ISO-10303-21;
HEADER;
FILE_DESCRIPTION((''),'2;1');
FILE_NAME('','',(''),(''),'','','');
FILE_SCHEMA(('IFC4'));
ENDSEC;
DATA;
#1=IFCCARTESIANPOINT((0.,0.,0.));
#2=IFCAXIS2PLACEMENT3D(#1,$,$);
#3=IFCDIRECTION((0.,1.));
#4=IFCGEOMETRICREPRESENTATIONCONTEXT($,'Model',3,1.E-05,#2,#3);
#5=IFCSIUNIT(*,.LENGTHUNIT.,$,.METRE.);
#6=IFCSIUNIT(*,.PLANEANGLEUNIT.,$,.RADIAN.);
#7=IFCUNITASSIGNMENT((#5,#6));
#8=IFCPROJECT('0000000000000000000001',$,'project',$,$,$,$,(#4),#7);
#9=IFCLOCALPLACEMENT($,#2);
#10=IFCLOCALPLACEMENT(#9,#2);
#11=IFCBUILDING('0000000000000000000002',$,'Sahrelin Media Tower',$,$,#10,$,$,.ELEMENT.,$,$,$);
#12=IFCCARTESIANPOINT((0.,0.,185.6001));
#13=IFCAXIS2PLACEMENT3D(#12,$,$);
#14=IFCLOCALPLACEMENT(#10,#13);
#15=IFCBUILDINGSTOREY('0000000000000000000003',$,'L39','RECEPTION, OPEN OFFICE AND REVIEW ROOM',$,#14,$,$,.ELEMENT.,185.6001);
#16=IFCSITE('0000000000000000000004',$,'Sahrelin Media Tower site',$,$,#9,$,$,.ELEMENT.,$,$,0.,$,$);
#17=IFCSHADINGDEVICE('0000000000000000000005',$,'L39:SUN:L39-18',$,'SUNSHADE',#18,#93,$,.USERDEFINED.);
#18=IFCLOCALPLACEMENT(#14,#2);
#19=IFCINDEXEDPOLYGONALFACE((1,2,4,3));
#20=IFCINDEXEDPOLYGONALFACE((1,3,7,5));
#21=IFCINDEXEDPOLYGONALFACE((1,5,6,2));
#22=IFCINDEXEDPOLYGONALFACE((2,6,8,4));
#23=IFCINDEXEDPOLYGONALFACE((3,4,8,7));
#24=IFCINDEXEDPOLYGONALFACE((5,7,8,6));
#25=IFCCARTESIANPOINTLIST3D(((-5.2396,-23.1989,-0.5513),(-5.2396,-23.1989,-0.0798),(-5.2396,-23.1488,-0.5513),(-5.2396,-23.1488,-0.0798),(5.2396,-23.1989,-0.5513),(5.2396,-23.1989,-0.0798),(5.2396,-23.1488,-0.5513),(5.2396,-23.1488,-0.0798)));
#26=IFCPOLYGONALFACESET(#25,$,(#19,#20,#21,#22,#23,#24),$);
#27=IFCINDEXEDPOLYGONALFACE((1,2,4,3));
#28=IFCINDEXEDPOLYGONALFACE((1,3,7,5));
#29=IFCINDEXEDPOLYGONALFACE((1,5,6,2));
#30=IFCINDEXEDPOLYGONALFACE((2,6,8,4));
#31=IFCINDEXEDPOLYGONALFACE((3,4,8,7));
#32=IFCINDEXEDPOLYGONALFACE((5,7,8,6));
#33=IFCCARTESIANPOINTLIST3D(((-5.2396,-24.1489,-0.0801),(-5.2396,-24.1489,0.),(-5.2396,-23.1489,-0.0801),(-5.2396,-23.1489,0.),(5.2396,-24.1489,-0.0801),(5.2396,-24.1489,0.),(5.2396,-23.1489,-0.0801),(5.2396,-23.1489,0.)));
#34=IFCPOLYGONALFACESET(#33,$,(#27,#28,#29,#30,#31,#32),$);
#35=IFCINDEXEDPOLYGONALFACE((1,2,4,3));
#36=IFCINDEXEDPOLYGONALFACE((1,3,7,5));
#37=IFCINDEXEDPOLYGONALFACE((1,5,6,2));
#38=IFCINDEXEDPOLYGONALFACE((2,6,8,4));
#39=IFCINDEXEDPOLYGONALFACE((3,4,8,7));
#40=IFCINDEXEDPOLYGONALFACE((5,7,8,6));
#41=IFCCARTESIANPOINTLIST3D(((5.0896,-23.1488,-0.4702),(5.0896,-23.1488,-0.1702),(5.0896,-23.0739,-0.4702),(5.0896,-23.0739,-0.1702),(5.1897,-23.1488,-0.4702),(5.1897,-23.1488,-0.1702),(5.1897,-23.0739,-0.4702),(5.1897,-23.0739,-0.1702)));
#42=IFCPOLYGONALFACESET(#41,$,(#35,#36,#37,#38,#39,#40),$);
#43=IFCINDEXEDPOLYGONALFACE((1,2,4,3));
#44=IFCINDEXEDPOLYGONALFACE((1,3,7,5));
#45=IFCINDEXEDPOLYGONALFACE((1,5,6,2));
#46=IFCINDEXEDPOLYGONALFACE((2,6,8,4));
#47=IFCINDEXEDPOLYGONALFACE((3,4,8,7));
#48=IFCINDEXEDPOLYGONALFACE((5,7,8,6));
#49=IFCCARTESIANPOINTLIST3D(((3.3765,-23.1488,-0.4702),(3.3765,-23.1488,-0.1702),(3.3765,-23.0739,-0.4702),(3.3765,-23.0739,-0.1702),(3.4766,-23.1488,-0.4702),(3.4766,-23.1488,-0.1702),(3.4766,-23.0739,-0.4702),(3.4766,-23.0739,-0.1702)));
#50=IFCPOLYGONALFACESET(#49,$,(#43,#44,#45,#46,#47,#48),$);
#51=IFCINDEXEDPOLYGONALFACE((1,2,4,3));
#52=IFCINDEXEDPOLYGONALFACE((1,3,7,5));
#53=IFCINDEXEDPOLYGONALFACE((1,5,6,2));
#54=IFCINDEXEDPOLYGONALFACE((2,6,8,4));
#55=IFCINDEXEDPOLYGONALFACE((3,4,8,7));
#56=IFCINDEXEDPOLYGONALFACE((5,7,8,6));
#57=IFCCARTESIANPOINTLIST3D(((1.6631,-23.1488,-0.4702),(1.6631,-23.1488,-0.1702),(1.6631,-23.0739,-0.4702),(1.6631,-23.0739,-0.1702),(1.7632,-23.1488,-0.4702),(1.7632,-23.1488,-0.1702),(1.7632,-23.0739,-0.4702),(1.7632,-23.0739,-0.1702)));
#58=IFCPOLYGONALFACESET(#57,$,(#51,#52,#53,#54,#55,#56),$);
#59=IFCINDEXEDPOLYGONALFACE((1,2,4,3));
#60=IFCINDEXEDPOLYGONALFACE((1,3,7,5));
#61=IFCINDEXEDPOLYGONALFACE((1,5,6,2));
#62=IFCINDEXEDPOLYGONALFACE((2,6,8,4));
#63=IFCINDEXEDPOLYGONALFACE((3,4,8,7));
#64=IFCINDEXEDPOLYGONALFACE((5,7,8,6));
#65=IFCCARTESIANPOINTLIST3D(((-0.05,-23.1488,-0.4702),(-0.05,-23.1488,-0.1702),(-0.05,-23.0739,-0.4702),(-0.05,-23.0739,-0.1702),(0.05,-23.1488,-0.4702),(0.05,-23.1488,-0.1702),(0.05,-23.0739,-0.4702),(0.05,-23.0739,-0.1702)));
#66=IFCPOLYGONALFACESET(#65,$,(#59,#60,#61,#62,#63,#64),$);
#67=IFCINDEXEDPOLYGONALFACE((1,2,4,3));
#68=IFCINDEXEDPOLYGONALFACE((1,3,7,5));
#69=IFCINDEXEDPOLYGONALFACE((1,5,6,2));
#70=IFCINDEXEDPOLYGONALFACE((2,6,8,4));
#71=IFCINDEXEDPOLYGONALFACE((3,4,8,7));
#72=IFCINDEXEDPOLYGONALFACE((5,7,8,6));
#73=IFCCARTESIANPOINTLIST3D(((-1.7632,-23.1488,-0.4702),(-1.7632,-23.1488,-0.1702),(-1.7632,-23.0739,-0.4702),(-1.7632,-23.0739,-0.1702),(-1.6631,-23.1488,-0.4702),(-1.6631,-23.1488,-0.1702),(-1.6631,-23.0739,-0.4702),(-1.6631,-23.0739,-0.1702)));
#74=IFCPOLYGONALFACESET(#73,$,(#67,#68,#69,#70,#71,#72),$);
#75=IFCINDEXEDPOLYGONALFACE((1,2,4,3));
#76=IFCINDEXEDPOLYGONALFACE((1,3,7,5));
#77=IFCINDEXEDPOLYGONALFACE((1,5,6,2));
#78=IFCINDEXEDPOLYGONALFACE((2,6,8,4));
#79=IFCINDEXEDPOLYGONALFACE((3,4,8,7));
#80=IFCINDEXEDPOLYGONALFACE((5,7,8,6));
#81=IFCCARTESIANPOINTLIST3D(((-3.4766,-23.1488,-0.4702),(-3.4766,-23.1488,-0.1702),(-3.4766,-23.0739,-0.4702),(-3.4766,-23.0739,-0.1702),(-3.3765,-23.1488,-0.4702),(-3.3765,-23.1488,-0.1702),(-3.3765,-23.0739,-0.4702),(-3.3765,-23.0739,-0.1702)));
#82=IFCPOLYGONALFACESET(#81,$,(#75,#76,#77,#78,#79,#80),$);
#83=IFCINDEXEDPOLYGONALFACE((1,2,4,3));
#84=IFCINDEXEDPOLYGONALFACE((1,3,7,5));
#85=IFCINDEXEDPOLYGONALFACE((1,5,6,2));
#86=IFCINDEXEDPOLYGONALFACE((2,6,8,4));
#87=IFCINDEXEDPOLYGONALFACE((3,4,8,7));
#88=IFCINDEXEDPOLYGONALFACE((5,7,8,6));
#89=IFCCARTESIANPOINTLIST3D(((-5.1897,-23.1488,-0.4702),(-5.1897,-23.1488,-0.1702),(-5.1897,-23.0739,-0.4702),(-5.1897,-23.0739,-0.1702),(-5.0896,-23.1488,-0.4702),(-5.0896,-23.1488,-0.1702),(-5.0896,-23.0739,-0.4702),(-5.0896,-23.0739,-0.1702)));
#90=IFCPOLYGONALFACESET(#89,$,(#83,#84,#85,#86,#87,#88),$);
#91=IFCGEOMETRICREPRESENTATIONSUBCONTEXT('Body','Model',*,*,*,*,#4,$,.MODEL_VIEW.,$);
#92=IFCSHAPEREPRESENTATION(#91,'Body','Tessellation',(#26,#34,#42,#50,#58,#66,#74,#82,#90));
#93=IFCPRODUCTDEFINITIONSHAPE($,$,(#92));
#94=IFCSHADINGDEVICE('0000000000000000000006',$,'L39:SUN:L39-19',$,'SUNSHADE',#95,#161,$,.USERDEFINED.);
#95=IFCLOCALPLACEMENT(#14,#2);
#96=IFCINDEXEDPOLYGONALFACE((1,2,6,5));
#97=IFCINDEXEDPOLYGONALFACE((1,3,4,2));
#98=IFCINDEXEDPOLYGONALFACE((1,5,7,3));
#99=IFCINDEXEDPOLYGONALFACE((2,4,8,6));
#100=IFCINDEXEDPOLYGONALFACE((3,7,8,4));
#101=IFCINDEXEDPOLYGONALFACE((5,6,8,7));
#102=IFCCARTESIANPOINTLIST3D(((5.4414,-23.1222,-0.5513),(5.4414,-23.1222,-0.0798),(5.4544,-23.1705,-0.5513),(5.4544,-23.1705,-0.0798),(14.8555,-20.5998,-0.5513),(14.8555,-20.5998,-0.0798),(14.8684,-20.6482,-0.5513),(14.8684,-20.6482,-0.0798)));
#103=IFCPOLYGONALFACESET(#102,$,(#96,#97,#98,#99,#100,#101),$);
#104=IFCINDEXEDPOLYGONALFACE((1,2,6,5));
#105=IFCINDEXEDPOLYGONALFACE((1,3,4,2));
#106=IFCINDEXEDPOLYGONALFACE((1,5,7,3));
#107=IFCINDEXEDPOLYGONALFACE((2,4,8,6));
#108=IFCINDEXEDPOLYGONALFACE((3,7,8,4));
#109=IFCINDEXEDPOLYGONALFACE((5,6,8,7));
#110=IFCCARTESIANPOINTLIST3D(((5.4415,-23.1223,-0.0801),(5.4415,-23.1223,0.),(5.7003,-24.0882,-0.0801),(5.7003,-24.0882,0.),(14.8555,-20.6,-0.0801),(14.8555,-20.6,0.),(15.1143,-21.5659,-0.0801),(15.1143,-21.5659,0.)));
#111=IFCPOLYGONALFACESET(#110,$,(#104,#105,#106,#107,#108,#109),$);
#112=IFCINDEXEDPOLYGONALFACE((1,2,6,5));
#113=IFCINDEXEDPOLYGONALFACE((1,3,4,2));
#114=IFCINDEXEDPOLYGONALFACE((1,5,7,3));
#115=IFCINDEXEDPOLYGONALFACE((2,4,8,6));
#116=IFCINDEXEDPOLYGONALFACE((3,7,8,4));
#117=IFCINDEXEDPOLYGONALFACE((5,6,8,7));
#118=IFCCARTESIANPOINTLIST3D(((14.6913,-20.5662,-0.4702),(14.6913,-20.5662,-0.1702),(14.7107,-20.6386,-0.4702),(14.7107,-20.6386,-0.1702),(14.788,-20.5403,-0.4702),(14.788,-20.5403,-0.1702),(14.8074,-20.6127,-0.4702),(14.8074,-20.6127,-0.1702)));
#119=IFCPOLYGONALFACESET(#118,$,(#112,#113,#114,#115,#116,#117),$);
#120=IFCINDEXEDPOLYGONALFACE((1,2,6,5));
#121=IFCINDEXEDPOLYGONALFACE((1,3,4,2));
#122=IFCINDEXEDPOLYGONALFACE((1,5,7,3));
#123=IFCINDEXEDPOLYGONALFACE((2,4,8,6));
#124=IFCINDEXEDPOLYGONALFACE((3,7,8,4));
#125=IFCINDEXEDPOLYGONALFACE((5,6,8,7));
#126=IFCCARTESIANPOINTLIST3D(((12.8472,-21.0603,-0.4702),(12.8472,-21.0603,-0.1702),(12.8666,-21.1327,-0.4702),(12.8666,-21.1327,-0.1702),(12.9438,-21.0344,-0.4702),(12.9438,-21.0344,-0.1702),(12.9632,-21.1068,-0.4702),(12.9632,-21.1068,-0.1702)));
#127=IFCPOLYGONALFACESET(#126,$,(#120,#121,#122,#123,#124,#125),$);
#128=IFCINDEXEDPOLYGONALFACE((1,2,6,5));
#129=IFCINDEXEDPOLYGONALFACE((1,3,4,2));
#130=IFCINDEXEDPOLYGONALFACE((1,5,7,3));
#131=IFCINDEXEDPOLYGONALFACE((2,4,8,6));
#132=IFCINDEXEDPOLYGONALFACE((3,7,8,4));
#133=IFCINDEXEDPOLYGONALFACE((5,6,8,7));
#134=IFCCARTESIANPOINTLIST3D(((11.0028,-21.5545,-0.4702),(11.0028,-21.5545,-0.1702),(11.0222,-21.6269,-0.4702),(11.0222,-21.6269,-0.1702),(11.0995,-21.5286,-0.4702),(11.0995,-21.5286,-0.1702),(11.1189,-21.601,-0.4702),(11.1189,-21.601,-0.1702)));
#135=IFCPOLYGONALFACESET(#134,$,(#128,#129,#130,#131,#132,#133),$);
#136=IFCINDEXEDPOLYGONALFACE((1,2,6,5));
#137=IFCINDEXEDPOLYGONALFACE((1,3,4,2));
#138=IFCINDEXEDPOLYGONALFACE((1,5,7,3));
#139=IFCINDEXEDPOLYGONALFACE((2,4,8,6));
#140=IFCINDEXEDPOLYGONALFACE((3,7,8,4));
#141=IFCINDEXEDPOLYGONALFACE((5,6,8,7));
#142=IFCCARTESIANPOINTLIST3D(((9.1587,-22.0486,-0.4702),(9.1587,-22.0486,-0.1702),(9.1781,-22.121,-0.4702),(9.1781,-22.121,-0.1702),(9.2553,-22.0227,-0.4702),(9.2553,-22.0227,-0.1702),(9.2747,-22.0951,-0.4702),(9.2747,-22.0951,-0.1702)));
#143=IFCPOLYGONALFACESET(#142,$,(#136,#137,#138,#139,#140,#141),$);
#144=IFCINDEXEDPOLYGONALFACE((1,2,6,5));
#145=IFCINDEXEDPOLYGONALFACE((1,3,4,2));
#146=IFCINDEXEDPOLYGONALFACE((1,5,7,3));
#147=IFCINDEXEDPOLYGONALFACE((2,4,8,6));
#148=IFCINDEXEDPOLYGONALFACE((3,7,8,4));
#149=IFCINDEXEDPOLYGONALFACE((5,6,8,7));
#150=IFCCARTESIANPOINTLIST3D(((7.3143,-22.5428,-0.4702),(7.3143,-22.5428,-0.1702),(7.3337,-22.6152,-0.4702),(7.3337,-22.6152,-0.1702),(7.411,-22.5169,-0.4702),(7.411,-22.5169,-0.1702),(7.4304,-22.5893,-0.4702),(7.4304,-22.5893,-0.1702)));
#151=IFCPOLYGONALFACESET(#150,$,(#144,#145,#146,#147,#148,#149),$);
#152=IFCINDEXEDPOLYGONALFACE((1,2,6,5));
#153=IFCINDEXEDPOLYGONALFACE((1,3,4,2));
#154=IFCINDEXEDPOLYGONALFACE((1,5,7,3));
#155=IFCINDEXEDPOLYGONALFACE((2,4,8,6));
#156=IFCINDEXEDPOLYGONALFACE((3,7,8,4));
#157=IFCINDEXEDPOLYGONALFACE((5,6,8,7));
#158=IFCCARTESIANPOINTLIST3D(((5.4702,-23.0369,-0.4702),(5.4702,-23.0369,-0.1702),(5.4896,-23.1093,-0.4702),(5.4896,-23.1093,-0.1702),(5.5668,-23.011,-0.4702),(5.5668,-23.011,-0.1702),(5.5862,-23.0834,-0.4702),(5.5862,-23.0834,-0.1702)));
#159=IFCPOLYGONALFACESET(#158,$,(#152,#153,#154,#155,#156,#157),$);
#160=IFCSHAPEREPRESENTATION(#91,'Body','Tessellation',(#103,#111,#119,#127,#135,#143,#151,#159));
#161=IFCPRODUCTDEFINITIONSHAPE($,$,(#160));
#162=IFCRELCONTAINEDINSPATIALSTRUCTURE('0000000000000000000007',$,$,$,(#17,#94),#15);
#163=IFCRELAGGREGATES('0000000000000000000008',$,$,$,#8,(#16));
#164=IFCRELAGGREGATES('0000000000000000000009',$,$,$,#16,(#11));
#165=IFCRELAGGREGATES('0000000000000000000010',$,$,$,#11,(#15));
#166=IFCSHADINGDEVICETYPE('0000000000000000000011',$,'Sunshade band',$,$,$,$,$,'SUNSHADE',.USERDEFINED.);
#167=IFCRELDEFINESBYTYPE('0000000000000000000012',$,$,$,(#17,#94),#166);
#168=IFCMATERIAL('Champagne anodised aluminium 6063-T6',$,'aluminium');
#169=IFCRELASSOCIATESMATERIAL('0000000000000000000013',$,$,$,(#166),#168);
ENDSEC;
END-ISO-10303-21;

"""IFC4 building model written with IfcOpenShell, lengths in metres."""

from ifc_helpers import new_model, si_unit, direction, frame, origin, origin_2d, place, context, subcontext, project, spatial, rectangle, extrude, material, type_object, element, save


model = new_model("IFC4")

# Units and contexts
model_context = context("Model", 3, precision=1e-05, world=origin(), true_north=direction((0.0, 1.0)))
body_context = subcontext(model_context, "Body", "Model", "MODEL_VIEW")
ifc_project = project(units=[si_unit("LENGTHUNIT", "METRE"), si_unit("PLANEANGLEUNIT", "RADIAN")], contexts=[model_context])

# Site, building, storey
site_placement = place(None, origin())
site = spatial("IfcSite", under=ifc_project, at=site_placement, Name="Sahrelin Media Tower site", CompositionType="ELEMENT", RefElevation=0.0)
building_placement = place(site_placement, origin())
building = spatial("IfcBuilding", under=site, at=building_placement, Name="Sahrelin Media Tower", CompositionType="ELEMENT")
storey_placement = place(building_placement, frame((0.0, 0.0, 185.6001)))
storey = spatial("IfcBuildingStorey", under=building, at=storey_placement, Name="L39", Description="RECEPTION, OPEN OFFICE AND REVIEW ROOM", CompositionType="ELEMENT", Elevation=185.6001)

# Shared definitions
ifc_material_1 = material(Name="Champagne anodised aluminium 6063-T6", Category="aluminium")

# Shading devices
placement_1 = place(storey_placement, frame((0.0, -23.1289, 0.0), z_axis=(0.0, 0.0, 1.0), x_axis=(-1.0, 0.0, 0.0)))
placement_2 = place(storey_placement, frame((10.1433, -21.8418, 0.0), z_axis=(0.0, 0.0, 1.0), x_axis=(-0.965929, -0.258808, 0.0)))
shading_device_type_1 = type_object("IfcShadingDeviceType", Name="Sunshade band", ElementType="SUNSHADE", PredefinedType="USERDEFINED", material=ifc_material_1)
element("IfcShadingDevice", 1, at=placement_1, inside=storey, type_object=shading_device_type_1, Name="L39:SUN:L39-18", ObjectType="SUNSHADE", PredefinedType="USERDEFINED", context=body_context, shape_type="SweptSolid", body=[
    extrude(rectangle(XDim=10.4792, YDim=0.05, at=origin_2d()), frame((0.0, 0.0449, -0.5513)), (0.0, 0.0, 1.0), 0.4714),
    extrude(rectangle(XDim=10.4792, YDim=1.0, at=origin_2d()), frame((0.0, 0.52, -0.0801)), (0.0, 0.0, 1.0), 0.0801),
    extrude(rectangle(XDim=0.1001, YDim=0.075, at=origin_2d()), frame((-5.1396, -0.0176, -0.4702)), (0.0, 0.0, 1.0), 0.3),
    extrude(rectangle(XDim=0.1001, YDim=0.075, at=origin_2d()), frame((-3.4265, -0.0176, -0.4702)), (0.0, 0.0, 1.0), 0.3),
    extrude(rectangle(XDim=0.1001, YDim=0.075, at=origin_2d()), frame((-1.7131, -0.0176, -0.4702)), (0.0, 0.0, 1.0), 0.3),
    extrude(rectangle(XDim=0.1001, YDim=0.075, at=origin_2d()), frame((0.0, -0.0176, -0.4702)), (0.0, 0.0, 1.0), 0.3),
    extrude(rectangle(XDim=0.1001, YDim=0.075, at=origin_2d()), frame((1.7131, -0.0176, -0.4702)), (0.0, 0.0, 1.0), 0.3),
    extrude(rectangle(XDim=0.1001, YDim=0.075, at=origin_2d()), frame((3.4265, -0.0176, -0.4702)), (0.0, 0.0, 1.0), 0.3),
    extrude(rectangle(XDim=0.1001, YDim=0.075, at=origin_2d()), frame((5.1396, -0.0176, -0.4702)), (0.0, 0.0, 1.0), 0.3),
])
element("IfcShadingDevice", 2, at=placement_2, inside=storey, type_object=shading_device_type_1, Name="L39:SUN:L39-19", ObjectType="SUNSHADE", PredefinedType="USERDEFINED", context=body_context, shape_type="SweptSolid", body=[
    extrude(rectangle(XDim=9.7461, YDim=0.05, at=origin_2d()), frame((0.0, 0.0449, -0.5513)), (0.0, 0.0, 1.0), 0.4714),
    extrude(rectangle(XDim=9.7461, YDim=1.0, at=origin_2d()), frame((0.0, 0.52, -0.0801)), (0.0, 0.0, 1.0), 0.0801),
    extrude(rectangle(XDim=0.1001, YDim=0.075, at=origin_2d()), frame((-4.7732, -0.0176, -0.4702)), (0.0, 0.0, 1.0), 0.3),
    extrude(rectangle(XDim=0.1001, YDim=0.075, at=origin_2d()), frame((-2.864, -0.0176, -0.4702)), (0.0, 0.0, 1.0), 0.3),
    extrude(rectangle(XDim=0.1001, YDim=0.075, at=origin_2d()), frame((-0.9546, -0.0176, -0.4702)), (0.0, 0.0, 1.0), 0.3),
    extrude(rectangle(XDim=0.1001, YDim=0.075, at=origin_2d()), frame((0.9546, -0.0176, -0.4702)), (0.0, 0.0, 1.0), 0.3),
    extrude(rectangle(XDim=0.1001, YDim=0.075, at=origin_2d()), frame((2.864, -0.0176, -0.4702)), (0.0, 0.0, 1.0), 0.3),
    extrude(rectangle(XDim=0.1001, YDim=0.075, at=origin_2d()), frame((4.7732, -0.0176, -0.4702)), (0.0, 0.0, 1.0), 0.3),
])

save(model, "model.ifc")
